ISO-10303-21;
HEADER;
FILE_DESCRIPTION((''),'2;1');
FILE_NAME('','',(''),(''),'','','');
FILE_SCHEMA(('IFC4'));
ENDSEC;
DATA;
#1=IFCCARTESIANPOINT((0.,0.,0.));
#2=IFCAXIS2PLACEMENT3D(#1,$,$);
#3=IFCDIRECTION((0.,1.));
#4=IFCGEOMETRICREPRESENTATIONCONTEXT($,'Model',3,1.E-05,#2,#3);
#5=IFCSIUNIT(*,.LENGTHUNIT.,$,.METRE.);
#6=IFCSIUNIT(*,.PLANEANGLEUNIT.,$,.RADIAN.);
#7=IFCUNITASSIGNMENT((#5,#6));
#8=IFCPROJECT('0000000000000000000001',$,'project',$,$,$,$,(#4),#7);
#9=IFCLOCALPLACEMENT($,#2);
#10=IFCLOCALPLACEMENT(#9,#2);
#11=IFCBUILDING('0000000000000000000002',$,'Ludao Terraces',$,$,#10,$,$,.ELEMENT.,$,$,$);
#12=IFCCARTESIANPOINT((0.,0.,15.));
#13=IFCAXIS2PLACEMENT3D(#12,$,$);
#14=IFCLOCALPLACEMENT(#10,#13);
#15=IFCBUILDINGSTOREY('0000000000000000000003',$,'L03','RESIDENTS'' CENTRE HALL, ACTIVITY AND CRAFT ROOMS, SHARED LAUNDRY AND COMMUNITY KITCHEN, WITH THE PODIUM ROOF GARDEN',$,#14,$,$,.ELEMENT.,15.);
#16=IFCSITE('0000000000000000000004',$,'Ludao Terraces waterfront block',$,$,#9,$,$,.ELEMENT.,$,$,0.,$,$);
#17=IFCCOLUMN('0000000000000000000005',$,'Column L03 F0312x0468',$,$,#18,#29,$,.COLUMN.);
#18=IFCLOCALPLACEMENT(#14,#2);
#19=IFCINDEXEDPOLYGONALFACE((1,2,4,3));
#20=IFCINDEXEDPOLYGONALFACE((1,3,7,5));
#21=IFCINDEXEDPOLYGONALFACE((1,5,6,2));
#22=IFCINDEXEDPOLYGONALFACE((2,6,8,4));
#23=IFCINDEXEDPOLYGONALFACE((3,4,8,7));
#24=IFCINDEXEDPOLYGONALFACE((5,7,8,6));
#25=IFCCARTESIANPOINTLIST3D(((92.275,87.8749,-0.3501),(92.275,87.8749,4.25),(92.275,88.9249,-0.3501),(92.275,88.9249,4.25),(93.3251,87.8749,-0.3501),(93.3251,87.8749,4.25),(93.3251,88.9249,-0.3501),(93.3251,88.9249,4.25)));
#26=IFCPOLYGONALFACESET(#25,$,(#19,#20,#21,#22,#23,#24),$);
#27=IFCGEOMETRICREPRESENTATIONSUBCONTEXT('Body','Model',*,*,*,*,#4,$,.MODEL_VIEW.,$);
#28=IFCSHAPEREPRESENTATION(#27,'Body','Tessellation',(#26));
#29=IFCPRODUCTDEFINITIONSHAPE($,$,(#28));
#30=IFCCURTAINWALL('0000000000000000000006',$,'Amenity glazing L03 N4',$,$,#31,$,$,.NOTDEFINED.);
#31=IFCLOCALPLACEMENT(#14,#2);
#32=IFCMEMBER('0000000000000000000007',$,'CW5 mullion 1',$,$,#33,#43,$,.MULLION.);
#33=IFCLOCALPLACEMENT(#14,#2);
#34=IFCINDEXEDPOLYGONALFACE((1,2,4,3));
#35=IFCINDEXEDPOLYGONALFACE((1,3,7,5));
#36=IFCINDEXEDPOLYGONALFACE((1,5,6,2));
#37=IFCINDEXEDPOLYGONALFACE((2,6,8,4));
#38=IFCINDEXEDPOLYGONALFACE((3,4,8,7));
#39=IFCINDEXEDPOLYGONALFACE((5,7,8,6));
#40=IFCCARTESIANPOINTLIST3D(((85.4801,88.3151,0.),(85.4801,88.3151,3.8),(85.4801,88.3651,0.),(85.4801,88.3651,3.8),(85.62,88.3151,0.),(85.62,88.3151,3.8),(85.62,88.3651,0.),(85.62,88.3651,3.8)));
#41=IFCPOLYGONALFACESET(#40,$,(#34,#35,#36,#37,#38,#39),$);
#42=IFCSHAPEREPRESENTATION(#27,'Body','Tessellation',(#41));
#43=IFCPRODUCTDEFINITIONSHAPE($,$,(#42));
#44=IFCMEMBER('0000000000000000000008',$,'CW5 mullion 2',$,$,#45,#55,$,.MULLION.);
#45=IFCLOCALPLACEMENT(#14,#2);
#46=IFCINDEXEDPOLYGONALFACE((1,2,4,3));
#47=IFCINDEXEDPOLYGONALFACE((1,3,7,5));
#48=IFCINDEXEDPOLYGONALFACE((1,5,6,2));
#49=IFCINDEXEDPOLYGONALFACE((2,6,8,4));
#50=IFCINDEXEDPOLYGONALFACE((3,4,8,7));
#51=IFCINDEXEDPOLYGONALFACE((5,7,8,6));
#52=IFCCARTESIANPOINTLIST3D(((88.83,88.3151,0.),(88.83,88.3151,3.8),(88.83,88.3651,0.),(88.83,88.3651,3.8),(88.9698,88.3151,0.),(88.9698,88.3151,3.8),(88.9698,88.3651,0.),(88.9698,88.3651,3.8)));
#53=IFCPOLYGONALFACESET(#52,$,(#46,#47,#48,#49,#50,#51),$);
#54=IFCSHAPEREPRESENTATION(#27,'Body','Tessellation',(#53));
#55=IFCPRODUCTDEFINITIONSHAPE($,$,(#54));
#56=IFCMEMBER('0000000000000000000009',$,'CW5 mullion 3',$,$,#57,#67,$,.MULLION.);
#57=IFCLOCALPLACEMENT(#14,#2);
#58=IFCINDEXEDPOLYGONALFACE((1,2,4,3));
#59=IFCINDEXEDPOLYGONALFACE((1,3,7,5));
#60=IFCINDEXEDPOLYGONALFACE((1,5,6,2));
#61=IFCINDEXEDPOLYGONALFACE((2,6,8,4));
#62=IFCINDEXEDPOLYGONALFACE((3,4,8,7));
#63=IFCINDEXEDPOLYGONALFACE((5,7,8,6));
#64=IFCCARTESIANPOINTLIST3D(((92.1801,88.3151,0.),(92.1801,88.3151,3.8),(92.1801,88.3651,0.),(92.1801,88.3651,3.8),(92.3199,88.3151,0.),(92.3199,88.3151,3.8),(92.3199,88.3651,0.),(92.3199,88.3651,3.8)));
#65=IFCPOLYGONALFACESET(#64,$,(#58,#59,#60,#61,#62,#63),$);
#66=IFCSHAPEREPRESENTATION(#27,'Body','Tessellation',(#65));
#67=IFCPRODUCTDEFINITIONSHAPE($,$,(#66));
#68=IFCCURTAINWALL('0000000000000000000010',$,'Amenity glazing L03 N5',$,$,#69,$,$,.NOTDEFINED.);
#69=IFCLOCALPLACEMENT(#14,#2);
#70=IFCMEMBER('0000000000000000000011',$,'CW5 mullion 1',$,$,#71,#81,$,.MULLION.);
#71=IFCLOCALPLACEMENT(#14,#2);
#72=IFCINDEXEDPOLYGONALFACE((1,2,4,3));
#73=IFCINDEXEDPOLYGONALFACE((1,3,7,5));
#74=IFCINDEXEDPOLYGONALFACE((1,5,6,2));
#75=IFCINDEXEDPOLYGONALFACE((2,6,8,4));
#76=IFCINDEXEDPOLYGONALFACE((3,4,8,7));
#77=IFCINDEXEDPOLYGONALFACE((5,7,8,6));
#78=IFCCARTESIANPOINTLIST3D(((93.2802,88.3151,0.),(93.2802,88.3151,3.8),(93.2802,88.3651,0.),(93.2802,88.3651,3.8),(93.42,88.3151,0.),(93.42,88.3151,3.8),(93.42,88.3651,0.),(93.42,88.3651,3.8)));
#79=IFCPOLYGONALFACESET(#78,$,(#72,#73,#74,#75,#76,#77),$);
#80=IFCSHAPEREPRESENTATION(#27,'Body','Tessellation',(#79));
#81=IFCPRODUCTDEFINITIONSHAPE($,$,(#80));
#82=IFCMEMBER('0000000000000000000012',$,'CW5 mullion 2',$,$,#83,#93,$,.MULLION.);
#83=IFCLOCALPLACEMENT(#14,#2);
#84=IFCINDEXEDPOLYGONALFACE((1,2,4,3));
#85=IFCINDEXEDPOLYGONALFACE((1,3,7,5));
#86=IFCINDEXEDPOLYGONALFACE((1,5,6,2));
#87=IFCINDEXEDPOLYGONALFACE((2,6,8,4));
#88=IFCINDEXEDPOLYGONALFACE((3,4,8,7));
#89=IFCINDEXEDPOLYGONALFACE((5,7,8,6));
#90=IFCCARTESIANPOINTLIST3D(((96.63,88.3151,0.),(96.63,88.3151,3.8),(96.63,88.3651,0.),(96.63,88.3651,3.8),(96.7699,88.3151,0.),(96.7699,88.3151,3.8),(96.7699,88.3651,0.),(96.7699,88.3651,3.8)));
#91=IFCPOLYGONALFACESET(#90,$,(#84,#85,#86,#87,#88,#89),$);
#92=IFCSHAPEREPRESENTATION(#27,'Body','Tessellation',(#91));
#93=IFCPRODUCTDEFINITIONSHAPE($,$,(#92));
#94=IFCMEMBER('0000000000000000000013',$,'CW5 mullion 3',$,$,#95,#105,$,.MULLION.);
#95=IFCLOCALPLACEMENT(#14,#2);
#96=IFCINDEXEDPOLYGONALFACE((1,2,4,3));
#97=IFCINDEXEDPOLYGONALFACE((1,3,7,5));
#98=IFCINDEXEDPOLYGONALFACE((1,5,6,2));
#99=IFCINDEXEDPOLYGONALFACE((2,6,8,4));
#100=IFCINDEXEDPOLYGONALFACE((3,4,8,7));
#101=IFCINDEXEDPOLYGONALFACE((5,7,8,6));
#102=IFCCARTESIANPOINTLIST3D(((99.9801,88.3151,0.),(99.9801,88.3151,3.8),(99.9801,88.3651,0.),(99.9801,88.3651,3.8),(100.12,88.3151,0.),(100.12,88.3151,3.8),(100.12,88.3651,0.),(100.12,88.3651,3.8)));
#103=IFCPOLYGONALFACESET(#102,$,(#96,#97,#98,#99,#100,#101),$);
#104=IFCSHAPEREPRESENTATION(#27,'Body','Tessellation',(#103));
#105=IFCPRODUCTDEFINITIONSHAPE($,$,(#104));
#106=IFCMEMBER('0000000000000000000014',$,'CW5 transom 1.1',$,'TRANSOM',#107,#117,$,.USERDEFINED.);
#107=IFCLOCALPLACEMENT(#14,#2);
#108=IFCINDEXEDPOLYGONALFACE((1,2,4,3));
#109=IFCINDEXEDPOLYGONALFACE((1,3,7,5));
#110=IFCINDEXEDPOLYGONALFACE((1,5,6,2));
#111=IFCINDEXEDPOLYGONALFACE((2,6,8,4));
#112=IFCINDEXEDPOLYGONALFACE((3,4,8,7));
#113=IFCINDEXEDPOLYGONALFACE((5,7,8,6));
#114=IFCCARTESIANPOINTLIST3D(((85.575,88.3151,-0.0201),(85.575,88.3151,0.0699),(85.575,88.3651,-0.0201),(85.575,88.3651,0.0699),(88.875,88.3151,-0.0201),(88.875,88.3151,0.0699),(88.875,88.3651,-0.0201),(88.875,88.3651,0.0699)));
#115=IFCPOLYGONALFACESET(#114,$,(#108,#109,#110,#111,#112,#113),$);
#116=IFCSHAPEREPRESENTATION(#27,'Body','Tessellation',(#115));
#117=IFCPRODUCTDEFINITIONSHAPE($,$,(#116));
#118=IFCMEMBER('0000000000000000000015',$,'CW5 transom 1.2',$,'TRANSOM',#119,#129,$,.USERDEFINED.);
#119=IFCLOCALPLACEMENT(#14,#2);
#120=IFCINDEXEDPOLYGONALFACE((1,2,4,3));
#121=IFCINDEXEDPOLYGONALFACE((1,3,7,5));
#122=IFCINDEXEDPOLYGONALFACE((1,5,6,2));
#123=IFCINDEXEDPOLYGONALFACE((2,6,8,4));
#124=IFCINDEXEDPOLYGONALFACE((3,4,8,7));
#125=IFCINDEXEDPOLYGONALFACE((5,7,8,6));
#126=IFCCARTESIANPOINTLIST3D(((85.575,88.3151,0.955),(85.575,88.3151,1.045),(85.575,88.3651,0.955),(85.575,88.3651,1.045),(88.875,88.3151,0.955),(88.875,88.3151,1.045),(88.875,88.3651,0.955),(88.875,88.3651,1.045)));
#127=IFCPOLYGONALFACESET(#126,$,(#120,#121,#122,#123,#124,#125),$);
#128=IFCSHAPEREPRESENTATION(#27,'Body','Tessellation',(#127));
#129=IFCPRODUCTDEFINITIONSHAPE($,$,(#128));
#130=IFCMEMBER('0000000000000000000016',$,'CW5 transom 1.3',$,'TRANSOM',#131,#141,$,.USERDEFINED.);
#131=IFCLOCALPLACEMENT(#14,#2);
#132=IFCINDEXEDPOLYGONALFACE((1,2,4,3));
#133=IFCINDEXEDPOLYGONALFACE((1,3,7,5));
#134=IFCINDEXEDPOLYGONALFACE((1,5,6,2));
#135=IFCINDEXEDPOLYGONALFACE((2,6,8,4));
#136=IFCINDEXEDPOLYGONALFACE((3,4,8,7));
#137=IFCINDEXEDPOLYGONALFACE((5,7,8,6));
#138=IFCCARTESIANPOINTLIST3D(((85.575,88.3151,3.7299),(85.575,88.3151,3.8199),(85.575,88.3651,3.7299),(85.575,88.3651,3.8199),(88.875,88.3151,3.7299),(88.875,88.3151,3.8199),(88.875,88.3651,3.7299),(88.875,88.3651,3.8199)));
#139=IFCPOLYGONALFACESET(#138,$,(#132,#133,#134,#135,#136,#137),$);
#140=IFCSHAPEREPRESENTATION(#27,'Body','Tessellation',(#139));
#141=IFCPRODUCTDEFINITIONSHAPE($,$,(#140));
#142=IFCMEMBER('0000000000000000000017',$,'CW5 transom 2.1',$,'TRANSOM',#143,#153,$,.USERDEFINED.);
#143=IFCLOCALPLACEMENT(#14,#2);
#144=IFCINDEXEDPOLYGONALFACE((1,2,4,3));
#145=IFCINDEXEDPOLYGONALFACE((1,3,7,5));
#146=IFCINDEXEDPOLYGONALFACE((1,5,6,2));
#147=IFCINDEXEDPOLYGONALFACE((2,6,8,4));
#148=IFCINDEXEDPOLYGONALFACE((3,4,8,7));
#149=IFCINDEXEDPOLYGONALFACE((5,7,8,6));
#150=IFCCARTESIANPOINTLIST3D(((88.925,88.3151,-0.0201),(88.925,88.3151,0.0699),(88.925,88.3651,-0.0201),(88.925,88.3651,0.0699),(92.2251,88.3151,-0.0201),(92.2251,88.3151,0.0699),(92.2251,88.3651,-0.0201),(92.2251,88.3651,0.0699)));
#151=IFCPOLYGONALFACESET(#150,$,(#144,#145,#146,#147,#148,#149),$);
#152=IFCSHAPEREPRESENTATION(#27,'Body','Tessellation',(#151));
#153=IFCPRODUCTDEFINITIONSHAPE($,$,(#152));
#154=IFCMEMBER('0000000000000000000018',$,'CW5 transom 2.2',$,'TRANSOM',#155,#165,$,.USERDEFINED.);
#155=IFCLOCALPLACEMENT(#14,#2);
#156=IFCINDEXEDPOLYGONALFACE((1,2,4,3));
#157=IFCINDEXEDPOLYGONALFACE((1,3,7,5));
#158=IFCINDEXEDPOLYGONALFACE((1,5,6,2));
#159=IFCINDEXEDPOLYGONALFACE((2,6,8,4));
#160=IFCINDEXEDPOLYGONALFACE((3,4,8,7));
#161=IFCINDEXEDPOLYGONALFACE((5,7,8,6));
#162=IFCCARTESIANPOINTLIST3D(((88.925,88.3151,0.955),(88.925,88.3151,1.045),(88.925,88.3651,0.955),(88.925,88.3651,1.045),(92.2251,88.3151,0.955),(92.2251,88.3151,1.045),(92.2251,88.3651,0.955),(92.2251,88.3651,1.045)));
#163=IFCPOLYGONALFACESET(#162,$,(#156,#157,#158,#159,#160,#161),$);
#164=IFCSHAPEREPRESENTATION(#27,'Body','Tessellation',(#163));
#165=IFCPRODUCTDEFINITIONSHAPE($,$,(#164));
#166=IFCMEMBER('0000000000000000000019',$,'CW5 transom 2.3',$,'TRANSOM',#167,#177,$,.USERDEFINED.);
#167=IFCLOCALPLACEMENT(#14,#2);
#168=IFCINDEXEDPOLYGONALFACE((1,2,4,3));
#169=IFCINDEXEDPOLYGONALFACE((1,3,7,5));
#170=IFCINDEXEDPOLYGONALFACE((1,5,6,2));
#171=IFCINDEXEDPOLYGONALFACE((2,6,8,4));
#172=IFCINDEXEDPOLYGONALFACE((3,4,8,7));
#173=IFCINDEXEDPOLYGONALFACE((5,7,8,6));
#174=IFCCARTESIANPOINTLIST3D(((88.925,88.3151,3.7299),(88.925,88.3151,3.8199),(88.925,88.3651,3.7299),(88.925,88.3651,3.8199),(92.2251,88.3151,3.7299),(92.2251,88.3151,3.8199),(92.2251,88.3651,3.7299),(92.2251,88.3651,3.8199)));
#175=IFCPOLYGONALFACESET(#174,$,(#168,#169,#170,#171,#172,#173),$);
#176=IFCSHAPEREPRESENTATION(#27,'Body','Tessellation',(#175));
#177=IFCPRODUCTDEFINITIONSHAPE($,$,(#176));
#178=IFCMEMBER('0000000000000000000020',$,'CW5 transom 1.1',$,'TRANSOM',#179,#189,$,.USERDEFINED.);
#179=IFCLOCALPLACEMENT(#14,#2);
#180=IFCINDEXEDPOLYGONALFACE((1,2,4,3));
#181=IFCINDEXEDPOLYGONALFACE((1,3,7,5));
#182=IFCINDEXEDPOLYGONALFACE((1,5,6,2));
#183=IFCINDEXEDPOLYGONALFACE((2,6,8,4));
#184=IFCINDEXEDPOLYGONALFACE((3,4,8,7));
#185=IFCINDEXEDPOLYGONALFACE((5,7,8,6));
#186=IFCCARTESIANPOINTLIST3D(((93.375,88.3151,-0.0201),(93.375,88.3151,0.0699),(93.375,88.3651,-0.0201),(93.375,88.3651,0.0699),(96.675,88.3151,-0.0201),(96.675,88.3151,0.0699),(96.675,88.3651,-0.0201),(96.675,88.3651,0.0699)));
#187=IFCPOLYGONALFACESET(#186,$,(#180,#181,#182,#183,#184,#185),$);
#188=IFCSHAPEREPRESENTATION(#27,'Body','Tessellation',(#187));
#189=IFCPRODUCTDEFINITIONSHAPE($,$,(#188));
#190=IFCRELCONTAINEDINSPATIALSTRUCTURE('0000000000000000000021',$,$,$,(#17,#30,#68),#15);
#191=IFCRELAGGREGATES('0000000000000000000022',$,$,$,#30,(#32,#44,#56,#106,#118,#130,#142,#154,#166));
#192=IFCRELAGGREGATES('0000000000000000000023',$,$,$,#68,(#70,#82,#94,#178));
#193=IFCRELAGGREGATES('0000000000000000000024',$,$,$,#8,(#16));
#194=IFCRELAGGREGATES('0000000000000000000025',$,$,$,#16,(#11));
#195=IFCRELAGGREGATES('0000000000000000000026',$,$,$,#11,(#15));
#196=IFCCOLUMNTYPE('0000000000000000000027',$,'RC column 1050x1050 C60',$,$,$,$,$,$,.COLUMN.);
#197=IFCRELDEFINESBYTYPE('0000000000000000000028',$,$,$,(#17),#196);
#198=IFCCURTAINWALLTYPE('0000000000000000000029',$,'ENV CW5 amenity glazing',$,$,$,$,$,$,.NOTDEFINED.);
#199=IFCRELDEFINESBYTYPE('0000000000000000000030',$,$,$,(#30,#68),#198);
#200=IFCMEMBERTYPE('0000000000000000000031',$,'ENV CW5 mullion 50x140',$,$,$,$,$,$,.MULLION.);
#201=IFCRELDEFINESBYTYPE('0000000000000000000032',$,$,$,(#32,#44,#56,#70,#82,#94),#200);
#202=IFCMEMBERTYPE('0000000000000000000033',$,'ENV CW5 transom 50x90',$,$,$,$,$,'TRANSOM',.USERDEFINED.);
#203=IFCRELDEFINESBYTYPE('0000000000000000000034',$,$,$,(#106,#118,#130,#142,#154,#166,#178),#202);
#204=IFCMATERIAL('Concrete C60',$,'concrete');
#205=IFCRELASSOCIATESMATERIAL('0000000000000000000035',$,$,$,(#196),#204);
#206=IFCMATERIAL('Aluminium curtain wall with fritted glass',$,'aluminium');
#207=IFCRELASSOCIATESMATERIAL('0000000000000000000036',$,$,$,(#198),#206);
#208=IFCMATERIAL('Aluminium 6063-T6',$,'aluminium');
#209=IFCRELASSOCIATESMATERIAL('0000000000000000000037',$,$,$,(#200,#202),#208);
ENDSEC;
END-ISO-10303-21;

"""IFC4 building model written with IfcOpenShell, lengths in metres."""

from ifc_helpers import new_model, si_unit, direction, frame, origin, origin_2d, place, context, subcontext, project, spatial, rectangle, extrude, material, material_profile, profile_set, type_object, element, aggregate, save


model = new_model("IFC4")

# Units and contexts
model_context = context("Model", 3, precision=1e-05, world=origin(), true_north=direction((0.0, 1.0)))
body_context = subcontext(model_context, "Body", "Model", "MODEL_VIEW")
ifc_project = project(units=[si_unit("LENGTHUNIT", "METRE"), si_unit("PLANEANGLEUNIT", "RADIAN")], contexts=[model_context])

# Site, building, storey
site_placement = place(None, origin())
site = spatial("IfcSite", under=ifc_project, at=site_placement, Name="Ludao Terraces waterfront block", CompositionType="ELEMENT", RefElevation=0.0)
building_placement = place(site_placement, origin())
building = spatial("IfcBuilding", under=site, at=building_placement, Name="Ludao Terraces", CompositionType="ELEMENT")
storey_placement = place(building_placement, frame((0.0, 0.0, 15.0)))
storey = spatial("IfcBuildingStorey", under=building, at=storey_placement, Name="L03", Description="RESIDENTS' CENTRE HALL, ACTIVITY AND CRAFT ROOMS, SHARED LAUNDRY AND COMMUNITY KITCHEN, WITH THE PODIUM ROOF GARDEN", CompositionType="ELEMENT", Elevation=15.0)

# Column
ifc_material_1 = material(Name="Concrete C60", Category="concrete")
ifc_material_profile_1 = material_profile(ifc_material_1, rectangle(XDim=1.05, YDim=1.05, at=origin_2d()), Name="1050 X 1050")
ifc_profile_set_1 = profile_set([ifc_material_profile_1], Name="Concrete C60")
column_type = type_object("IfcColumnType", Name="RC column 1050x1050 C60", PredefinedType="COLUMN", material=ifc_profile_set_1)
column_placement = place(storey_placement, frame((92.8, 88.3999, -0.3501), z_axis=(0.0, 0.0, 1.0), x_axis=(1.0, 0.0, 0.0)))
element("IfcColumn", 1, at=column_placement, inside=storey, type_object=column_type, Name="Column L03 F0312x0468", PredefinedType="COLUMN", context=body_context, shape_type="SweptSolid", body=[
    extrude(rectangle(XDim=1.05, YDim=1.05, at=origin_2d()), origin(), (0.0, 0.0, 1.0), 4.6001),
])

# Curtain walls, members
ifc_material_2 = material(Name="Aluminium curtain wall with fritted glass", Category="aluminium")
curtain_wall_type = type_object("IfcCurtainWallType", Name="ENV CW5 amenity glazing", PredefinedType="NOTDEFINED", material=ifc_material_2)
curtain_wall_1_placement = place(storey_placement, origin())
curtain_wall_1 = element("IfcCurtainWall", 2, at=curtain_wall_1_placement, inside=storey, type_object=curtain_wall_type, Name="Amenity glazing L03 N4", PredefinedType="NOTDEFINED")
ifc_material_3 = material(Name="Aluminium 6063-T6", Category="aluminium")
ifc_material_profile_2 = material_profile(ifc_material_3, rectangle(XDim=0.05, YDim=0.1399, at=origin_2d()), Name="50 X 140")
ifc_profile_set_2 = profile_set([ifc_material_profile_2], Name="Aluminium 6063-T6")
member_type_1 = type_object("IfcMemberType", Name="ENV CW5 mullion 50x140", PredefinedType="MULLION", material=ifc_profile_set_2)
member_1_placement = place(storey_placement, frame((85.55, 88.3401, 0.0), z_axis=(0.0, 0.0, 1.0), x_axis=(0.0, 1.0, 0.0)))
member_1 = element("IfcMember", 3, at=member_1_placement, type_object=member_type_1, Name="CW5 mullion 1", PredefinedType="MULLION", context=body_context, shape_type="SweptSolid", body=[
    extrude(rectangle(XDim=0.05, YDim=0.1399, at=origin_2d()), origin(), (0.0, 0.0, 1.0), 3.8),
])
member_2_placement = place(storey_placement, frame((88.8999, 88.3401, 0.0), z_axis=(0.0, 0.0, 1.0), x_axis=(0.0, 1.0, 0.0)))
member_2 = element("IfcMember", 4, at=member_2_placement, type_object=member_type_1, Name="CW5 mullion 2", PredefinedType="MULLION", context=body_context, shape_type="SweptSolid", body=[
    extrude(rectangle(XDim=0.05, YDim=0.1399, at=origin_2d()), origin(), (0.0, 0.0, 1.0), 3.8),
])
member_3_placement = place(storey_placement, frame((92.25, 88.3401, 0.0), z_axis=(0.0, 0.0, 1.0), x_axis=(0.0, 1.0, 0.0)))
member_3 = element("IfcMember", 5, at=member_3_placement, type_object=member_type_1, Name="CW5 mullion 3", PredefinedType="MULLION", context=body_context, shape_type="SweptSolid", body=[
    extrude(rectangle(XDim=0.05, YDim=0.1399, at=origin_2d()), origin(), (0.0, 0.0, 1.0), 3.8),
])
curtain_wall_2_placement = place(storey_placement, origin())
curtain_wall_2 = element("IfcCurtainWall", 6, at=curtain_wall_2_placement, inside=storey, type_object=curtain_wall_type, Name="Amenity glazing L03 N5", PredefinedType="NOTDEFINED")
member_4_placement = place(storey_placement, frame((93.3501, 88.3401, 0.0), z_axis=(0.0, 0.0, 1.0), x_axis=(0.0, 1.0, 0.0)))
member_4 = element("IfcMember", 7, at=member_4_placement, type_object=member_type_1, Name="CW5 mullion 1", PredefinedType="MULLION", context=body_context, shape_type="SweptSolid", body=[
    extrude(rectangle(XDim=0.05, YDim=0.1399, at=origin_2d()), origin(), (0.0, 0.0, 1.0), 3.8),
])
member_5_placement = place(storey_placement, frame((96.7, 88.3401, 0.0), z_axis=(0.0, 0.0, 1.0), x_axis=(0.0, 1.0, 0.0)))
member_5 = element("IfcMember", 8, at=member_5_placement, type_object=member_type_1, Name="CW5 mullion 2", PredefinedType="MULLION", context=body_context, shape_type="SweptSolid", body=[
    extrude(rectangle(XDim=0.05, YDim=0.1399, at=origin_2d()), origin(), (0.0, 0.0, 1.0), 3.8),
])
member_6_placement = place(storey_placement, frame((100.05, 88.3401, 0.0), z_axis=(0.0, 0.0, 1.0), x_axis=(0.0, 1.0, 0.0)))
member_6 = element("IfcMember", 9, at=member_6_placement, type_object=member_type_1, Name="CW5 mullion 3", PredefinedType="MULLION", context=body_context, shape_type="SweptSolid", body=[
    extrude(rectangle(XDim=0.05, YDim=0.1399, at=origin_2d()), origin(), (0.0, 0.0, 1.0), 3.8),
])

# Members
ifc_material_profile_3 = material_profile(ifc_material_3, rectangle(XDim=0.05, YDim=0.0901, at=origin_2d()), Name="50 X 90")
ifc_profile_set_3 = profile_set([ifc_material_profile_3], Name="Aluminium 6063-T6")
member_type_2 = type_object("IfcMemberType", Name="ENV CW5 transom 50x90", ElementType="TRANSOM", PredefinedType="USERDEFINED", material=ifc_profile_set_3)
member_7_placement = place(storey_placement, frame((85.575, 88.3401, 0.0249), z_axis=(1.0, 0.0, 0.0), x_axis=(0.0, 1.0, 0.0)))
member_7 = element("IfcMember", 10, at=member_7_placement, type_object=member_type_2, Name="CW5 transom 1.1", ObjectType="TRANSOM", PredefinedType="USERDEFINED", context=body_context, shape_type="SweptSolid", body=[
    extrude(rectangle(XDim=0.05, YDim=0.0901, at=origin_2d()), origin(), (0.0, 0.0, 1.0), 3.3),
])
member_8_placement = place(storey_placement, frame((85.575, 88.3401, 1.0), z_axis=(1.0, 0.0, 0.0), x_axis=(0.0, 1.0, 0.0)))
member_8 = element("IfcMember", 11, at=member_8_placement, type_object=member_type_2, Name="CW5 transom 1.2", ObjectType="TRANSOM", PredefinedType="USERDEFINED", context=body_context, shape_type="SweptSolid", body=[
    extrude(rectangle(XDim=0.05, YDim=0.0901, at=origin_2d()), origin(), (0.0, 0.0, 1.0), 3.3),
])
member_9_placement = place(storey_placement, frame((85.575, 88.3401, 3.7749), z_axis=(1.0, 0.0, 0.0), x_axis=(0.0, 1.0, 0.0)))
member_9 = element("IfcMember", 12, at=member_9_placement, type_object=member_type_2, Name="CW5 transom 1.3", ObjectType="TRANSOM", PredefinedType="USERDEFINED", context=body_context, shape_type="SweptSolid", body=[
    extrude(rectangle(XDim=0.05, YDim=0.0901, at=origin_2d()), origin(), (0.0, 0.0, 1.0), 3.3),
])
member_10_placement = place(storey_placement, frame((88.925, 88.3401, 0.0249), z_axis=(1.0, 0.0, 0.0), x_axis=(0.0, 1.0, 0.0)))
member_10 = element("IfcMember", 13, at=member_10_placement, type_object=member_type_2, Name="CW5 transom 2.1", ObjectType="TRANSOM", PredefinedType="USERDEFINED", context=body_context, shape_type="SweptSolid", body=[
    extrude(rectangle(XDim=0.05, YDim=0.0901, at=origin_2d()), origin(), (0.0, 0.0, 1.0), 3.3),
])
member_11_placement = place(storey_placement, frame((88.925, 88.3401, 1.0), z_axis=(1.0, 0.0, 0.0), x_axis=(0.0, 1.0, 0.0)))
member_11 = element("IfcMember", 14, at=member_11_placement, type_object=member_type_2, Name="CW5 transom 2.2", ObjectType="TRANSOM", PredefinedType="USERDEFINED", context=body_context, shape_type="SweptSolid", body=[
    extrude(rectangle(XDim=0.05, YDim=0.0901, at=origin_2d()), origin(), (0.0, 0.0, 1.0), 3.3),
])
member_12_placement = place(storey_placement, frame((88.925, 88.3401, 3.7749), z_axis=(1.0, 0.0, 0.0), x_axis=(0.0, 1.0, 0.0)))
member_12 = element("IfcMember", 15, at=member_12_placement, type_object=member_type_2, Name="CW5 transom 2.3", ObjectType="TRANSOM", PredefinedType="USERDEFINED", context=body_context, shape_type="SweptSolid", body=[
    extrude(rectangle(XDim=0.05, YDim=0.0901, at=origin_2d()), origin(), (0.0, 0.0, 1.0), 3.3),
])
member_13_placement = place(storey_placement, frame((93.375, 88.3401, 0.0249), z_axis=(1.0, 0.0, 0.0), x_axis=(0.0, 1.0, 0.0)))
member_13 = element("IfcMember", 16, at=member_13_placement, type_object=member_type_2, Name="CW5 transom 1.1", ObjectType="TRANSOM", PredefinedType="USERDEFINED", context=body_context, shape_type="SweptSolid", body=[
    extrude(rectangle(XDim=0.05, YDim=0.0901, at=origin_2d()), origin(), (0.0, 0.0, 1.0), 3.3),
])

aggregate(curtain_wall_1, [member_1, member_2, member_3, member_7, member_8, member_9, member_10, member_11, member_12])
aggregate(curtain_wall_2, [member_4, member_5, member_6, member_13])

save(model, "model.ifc")
